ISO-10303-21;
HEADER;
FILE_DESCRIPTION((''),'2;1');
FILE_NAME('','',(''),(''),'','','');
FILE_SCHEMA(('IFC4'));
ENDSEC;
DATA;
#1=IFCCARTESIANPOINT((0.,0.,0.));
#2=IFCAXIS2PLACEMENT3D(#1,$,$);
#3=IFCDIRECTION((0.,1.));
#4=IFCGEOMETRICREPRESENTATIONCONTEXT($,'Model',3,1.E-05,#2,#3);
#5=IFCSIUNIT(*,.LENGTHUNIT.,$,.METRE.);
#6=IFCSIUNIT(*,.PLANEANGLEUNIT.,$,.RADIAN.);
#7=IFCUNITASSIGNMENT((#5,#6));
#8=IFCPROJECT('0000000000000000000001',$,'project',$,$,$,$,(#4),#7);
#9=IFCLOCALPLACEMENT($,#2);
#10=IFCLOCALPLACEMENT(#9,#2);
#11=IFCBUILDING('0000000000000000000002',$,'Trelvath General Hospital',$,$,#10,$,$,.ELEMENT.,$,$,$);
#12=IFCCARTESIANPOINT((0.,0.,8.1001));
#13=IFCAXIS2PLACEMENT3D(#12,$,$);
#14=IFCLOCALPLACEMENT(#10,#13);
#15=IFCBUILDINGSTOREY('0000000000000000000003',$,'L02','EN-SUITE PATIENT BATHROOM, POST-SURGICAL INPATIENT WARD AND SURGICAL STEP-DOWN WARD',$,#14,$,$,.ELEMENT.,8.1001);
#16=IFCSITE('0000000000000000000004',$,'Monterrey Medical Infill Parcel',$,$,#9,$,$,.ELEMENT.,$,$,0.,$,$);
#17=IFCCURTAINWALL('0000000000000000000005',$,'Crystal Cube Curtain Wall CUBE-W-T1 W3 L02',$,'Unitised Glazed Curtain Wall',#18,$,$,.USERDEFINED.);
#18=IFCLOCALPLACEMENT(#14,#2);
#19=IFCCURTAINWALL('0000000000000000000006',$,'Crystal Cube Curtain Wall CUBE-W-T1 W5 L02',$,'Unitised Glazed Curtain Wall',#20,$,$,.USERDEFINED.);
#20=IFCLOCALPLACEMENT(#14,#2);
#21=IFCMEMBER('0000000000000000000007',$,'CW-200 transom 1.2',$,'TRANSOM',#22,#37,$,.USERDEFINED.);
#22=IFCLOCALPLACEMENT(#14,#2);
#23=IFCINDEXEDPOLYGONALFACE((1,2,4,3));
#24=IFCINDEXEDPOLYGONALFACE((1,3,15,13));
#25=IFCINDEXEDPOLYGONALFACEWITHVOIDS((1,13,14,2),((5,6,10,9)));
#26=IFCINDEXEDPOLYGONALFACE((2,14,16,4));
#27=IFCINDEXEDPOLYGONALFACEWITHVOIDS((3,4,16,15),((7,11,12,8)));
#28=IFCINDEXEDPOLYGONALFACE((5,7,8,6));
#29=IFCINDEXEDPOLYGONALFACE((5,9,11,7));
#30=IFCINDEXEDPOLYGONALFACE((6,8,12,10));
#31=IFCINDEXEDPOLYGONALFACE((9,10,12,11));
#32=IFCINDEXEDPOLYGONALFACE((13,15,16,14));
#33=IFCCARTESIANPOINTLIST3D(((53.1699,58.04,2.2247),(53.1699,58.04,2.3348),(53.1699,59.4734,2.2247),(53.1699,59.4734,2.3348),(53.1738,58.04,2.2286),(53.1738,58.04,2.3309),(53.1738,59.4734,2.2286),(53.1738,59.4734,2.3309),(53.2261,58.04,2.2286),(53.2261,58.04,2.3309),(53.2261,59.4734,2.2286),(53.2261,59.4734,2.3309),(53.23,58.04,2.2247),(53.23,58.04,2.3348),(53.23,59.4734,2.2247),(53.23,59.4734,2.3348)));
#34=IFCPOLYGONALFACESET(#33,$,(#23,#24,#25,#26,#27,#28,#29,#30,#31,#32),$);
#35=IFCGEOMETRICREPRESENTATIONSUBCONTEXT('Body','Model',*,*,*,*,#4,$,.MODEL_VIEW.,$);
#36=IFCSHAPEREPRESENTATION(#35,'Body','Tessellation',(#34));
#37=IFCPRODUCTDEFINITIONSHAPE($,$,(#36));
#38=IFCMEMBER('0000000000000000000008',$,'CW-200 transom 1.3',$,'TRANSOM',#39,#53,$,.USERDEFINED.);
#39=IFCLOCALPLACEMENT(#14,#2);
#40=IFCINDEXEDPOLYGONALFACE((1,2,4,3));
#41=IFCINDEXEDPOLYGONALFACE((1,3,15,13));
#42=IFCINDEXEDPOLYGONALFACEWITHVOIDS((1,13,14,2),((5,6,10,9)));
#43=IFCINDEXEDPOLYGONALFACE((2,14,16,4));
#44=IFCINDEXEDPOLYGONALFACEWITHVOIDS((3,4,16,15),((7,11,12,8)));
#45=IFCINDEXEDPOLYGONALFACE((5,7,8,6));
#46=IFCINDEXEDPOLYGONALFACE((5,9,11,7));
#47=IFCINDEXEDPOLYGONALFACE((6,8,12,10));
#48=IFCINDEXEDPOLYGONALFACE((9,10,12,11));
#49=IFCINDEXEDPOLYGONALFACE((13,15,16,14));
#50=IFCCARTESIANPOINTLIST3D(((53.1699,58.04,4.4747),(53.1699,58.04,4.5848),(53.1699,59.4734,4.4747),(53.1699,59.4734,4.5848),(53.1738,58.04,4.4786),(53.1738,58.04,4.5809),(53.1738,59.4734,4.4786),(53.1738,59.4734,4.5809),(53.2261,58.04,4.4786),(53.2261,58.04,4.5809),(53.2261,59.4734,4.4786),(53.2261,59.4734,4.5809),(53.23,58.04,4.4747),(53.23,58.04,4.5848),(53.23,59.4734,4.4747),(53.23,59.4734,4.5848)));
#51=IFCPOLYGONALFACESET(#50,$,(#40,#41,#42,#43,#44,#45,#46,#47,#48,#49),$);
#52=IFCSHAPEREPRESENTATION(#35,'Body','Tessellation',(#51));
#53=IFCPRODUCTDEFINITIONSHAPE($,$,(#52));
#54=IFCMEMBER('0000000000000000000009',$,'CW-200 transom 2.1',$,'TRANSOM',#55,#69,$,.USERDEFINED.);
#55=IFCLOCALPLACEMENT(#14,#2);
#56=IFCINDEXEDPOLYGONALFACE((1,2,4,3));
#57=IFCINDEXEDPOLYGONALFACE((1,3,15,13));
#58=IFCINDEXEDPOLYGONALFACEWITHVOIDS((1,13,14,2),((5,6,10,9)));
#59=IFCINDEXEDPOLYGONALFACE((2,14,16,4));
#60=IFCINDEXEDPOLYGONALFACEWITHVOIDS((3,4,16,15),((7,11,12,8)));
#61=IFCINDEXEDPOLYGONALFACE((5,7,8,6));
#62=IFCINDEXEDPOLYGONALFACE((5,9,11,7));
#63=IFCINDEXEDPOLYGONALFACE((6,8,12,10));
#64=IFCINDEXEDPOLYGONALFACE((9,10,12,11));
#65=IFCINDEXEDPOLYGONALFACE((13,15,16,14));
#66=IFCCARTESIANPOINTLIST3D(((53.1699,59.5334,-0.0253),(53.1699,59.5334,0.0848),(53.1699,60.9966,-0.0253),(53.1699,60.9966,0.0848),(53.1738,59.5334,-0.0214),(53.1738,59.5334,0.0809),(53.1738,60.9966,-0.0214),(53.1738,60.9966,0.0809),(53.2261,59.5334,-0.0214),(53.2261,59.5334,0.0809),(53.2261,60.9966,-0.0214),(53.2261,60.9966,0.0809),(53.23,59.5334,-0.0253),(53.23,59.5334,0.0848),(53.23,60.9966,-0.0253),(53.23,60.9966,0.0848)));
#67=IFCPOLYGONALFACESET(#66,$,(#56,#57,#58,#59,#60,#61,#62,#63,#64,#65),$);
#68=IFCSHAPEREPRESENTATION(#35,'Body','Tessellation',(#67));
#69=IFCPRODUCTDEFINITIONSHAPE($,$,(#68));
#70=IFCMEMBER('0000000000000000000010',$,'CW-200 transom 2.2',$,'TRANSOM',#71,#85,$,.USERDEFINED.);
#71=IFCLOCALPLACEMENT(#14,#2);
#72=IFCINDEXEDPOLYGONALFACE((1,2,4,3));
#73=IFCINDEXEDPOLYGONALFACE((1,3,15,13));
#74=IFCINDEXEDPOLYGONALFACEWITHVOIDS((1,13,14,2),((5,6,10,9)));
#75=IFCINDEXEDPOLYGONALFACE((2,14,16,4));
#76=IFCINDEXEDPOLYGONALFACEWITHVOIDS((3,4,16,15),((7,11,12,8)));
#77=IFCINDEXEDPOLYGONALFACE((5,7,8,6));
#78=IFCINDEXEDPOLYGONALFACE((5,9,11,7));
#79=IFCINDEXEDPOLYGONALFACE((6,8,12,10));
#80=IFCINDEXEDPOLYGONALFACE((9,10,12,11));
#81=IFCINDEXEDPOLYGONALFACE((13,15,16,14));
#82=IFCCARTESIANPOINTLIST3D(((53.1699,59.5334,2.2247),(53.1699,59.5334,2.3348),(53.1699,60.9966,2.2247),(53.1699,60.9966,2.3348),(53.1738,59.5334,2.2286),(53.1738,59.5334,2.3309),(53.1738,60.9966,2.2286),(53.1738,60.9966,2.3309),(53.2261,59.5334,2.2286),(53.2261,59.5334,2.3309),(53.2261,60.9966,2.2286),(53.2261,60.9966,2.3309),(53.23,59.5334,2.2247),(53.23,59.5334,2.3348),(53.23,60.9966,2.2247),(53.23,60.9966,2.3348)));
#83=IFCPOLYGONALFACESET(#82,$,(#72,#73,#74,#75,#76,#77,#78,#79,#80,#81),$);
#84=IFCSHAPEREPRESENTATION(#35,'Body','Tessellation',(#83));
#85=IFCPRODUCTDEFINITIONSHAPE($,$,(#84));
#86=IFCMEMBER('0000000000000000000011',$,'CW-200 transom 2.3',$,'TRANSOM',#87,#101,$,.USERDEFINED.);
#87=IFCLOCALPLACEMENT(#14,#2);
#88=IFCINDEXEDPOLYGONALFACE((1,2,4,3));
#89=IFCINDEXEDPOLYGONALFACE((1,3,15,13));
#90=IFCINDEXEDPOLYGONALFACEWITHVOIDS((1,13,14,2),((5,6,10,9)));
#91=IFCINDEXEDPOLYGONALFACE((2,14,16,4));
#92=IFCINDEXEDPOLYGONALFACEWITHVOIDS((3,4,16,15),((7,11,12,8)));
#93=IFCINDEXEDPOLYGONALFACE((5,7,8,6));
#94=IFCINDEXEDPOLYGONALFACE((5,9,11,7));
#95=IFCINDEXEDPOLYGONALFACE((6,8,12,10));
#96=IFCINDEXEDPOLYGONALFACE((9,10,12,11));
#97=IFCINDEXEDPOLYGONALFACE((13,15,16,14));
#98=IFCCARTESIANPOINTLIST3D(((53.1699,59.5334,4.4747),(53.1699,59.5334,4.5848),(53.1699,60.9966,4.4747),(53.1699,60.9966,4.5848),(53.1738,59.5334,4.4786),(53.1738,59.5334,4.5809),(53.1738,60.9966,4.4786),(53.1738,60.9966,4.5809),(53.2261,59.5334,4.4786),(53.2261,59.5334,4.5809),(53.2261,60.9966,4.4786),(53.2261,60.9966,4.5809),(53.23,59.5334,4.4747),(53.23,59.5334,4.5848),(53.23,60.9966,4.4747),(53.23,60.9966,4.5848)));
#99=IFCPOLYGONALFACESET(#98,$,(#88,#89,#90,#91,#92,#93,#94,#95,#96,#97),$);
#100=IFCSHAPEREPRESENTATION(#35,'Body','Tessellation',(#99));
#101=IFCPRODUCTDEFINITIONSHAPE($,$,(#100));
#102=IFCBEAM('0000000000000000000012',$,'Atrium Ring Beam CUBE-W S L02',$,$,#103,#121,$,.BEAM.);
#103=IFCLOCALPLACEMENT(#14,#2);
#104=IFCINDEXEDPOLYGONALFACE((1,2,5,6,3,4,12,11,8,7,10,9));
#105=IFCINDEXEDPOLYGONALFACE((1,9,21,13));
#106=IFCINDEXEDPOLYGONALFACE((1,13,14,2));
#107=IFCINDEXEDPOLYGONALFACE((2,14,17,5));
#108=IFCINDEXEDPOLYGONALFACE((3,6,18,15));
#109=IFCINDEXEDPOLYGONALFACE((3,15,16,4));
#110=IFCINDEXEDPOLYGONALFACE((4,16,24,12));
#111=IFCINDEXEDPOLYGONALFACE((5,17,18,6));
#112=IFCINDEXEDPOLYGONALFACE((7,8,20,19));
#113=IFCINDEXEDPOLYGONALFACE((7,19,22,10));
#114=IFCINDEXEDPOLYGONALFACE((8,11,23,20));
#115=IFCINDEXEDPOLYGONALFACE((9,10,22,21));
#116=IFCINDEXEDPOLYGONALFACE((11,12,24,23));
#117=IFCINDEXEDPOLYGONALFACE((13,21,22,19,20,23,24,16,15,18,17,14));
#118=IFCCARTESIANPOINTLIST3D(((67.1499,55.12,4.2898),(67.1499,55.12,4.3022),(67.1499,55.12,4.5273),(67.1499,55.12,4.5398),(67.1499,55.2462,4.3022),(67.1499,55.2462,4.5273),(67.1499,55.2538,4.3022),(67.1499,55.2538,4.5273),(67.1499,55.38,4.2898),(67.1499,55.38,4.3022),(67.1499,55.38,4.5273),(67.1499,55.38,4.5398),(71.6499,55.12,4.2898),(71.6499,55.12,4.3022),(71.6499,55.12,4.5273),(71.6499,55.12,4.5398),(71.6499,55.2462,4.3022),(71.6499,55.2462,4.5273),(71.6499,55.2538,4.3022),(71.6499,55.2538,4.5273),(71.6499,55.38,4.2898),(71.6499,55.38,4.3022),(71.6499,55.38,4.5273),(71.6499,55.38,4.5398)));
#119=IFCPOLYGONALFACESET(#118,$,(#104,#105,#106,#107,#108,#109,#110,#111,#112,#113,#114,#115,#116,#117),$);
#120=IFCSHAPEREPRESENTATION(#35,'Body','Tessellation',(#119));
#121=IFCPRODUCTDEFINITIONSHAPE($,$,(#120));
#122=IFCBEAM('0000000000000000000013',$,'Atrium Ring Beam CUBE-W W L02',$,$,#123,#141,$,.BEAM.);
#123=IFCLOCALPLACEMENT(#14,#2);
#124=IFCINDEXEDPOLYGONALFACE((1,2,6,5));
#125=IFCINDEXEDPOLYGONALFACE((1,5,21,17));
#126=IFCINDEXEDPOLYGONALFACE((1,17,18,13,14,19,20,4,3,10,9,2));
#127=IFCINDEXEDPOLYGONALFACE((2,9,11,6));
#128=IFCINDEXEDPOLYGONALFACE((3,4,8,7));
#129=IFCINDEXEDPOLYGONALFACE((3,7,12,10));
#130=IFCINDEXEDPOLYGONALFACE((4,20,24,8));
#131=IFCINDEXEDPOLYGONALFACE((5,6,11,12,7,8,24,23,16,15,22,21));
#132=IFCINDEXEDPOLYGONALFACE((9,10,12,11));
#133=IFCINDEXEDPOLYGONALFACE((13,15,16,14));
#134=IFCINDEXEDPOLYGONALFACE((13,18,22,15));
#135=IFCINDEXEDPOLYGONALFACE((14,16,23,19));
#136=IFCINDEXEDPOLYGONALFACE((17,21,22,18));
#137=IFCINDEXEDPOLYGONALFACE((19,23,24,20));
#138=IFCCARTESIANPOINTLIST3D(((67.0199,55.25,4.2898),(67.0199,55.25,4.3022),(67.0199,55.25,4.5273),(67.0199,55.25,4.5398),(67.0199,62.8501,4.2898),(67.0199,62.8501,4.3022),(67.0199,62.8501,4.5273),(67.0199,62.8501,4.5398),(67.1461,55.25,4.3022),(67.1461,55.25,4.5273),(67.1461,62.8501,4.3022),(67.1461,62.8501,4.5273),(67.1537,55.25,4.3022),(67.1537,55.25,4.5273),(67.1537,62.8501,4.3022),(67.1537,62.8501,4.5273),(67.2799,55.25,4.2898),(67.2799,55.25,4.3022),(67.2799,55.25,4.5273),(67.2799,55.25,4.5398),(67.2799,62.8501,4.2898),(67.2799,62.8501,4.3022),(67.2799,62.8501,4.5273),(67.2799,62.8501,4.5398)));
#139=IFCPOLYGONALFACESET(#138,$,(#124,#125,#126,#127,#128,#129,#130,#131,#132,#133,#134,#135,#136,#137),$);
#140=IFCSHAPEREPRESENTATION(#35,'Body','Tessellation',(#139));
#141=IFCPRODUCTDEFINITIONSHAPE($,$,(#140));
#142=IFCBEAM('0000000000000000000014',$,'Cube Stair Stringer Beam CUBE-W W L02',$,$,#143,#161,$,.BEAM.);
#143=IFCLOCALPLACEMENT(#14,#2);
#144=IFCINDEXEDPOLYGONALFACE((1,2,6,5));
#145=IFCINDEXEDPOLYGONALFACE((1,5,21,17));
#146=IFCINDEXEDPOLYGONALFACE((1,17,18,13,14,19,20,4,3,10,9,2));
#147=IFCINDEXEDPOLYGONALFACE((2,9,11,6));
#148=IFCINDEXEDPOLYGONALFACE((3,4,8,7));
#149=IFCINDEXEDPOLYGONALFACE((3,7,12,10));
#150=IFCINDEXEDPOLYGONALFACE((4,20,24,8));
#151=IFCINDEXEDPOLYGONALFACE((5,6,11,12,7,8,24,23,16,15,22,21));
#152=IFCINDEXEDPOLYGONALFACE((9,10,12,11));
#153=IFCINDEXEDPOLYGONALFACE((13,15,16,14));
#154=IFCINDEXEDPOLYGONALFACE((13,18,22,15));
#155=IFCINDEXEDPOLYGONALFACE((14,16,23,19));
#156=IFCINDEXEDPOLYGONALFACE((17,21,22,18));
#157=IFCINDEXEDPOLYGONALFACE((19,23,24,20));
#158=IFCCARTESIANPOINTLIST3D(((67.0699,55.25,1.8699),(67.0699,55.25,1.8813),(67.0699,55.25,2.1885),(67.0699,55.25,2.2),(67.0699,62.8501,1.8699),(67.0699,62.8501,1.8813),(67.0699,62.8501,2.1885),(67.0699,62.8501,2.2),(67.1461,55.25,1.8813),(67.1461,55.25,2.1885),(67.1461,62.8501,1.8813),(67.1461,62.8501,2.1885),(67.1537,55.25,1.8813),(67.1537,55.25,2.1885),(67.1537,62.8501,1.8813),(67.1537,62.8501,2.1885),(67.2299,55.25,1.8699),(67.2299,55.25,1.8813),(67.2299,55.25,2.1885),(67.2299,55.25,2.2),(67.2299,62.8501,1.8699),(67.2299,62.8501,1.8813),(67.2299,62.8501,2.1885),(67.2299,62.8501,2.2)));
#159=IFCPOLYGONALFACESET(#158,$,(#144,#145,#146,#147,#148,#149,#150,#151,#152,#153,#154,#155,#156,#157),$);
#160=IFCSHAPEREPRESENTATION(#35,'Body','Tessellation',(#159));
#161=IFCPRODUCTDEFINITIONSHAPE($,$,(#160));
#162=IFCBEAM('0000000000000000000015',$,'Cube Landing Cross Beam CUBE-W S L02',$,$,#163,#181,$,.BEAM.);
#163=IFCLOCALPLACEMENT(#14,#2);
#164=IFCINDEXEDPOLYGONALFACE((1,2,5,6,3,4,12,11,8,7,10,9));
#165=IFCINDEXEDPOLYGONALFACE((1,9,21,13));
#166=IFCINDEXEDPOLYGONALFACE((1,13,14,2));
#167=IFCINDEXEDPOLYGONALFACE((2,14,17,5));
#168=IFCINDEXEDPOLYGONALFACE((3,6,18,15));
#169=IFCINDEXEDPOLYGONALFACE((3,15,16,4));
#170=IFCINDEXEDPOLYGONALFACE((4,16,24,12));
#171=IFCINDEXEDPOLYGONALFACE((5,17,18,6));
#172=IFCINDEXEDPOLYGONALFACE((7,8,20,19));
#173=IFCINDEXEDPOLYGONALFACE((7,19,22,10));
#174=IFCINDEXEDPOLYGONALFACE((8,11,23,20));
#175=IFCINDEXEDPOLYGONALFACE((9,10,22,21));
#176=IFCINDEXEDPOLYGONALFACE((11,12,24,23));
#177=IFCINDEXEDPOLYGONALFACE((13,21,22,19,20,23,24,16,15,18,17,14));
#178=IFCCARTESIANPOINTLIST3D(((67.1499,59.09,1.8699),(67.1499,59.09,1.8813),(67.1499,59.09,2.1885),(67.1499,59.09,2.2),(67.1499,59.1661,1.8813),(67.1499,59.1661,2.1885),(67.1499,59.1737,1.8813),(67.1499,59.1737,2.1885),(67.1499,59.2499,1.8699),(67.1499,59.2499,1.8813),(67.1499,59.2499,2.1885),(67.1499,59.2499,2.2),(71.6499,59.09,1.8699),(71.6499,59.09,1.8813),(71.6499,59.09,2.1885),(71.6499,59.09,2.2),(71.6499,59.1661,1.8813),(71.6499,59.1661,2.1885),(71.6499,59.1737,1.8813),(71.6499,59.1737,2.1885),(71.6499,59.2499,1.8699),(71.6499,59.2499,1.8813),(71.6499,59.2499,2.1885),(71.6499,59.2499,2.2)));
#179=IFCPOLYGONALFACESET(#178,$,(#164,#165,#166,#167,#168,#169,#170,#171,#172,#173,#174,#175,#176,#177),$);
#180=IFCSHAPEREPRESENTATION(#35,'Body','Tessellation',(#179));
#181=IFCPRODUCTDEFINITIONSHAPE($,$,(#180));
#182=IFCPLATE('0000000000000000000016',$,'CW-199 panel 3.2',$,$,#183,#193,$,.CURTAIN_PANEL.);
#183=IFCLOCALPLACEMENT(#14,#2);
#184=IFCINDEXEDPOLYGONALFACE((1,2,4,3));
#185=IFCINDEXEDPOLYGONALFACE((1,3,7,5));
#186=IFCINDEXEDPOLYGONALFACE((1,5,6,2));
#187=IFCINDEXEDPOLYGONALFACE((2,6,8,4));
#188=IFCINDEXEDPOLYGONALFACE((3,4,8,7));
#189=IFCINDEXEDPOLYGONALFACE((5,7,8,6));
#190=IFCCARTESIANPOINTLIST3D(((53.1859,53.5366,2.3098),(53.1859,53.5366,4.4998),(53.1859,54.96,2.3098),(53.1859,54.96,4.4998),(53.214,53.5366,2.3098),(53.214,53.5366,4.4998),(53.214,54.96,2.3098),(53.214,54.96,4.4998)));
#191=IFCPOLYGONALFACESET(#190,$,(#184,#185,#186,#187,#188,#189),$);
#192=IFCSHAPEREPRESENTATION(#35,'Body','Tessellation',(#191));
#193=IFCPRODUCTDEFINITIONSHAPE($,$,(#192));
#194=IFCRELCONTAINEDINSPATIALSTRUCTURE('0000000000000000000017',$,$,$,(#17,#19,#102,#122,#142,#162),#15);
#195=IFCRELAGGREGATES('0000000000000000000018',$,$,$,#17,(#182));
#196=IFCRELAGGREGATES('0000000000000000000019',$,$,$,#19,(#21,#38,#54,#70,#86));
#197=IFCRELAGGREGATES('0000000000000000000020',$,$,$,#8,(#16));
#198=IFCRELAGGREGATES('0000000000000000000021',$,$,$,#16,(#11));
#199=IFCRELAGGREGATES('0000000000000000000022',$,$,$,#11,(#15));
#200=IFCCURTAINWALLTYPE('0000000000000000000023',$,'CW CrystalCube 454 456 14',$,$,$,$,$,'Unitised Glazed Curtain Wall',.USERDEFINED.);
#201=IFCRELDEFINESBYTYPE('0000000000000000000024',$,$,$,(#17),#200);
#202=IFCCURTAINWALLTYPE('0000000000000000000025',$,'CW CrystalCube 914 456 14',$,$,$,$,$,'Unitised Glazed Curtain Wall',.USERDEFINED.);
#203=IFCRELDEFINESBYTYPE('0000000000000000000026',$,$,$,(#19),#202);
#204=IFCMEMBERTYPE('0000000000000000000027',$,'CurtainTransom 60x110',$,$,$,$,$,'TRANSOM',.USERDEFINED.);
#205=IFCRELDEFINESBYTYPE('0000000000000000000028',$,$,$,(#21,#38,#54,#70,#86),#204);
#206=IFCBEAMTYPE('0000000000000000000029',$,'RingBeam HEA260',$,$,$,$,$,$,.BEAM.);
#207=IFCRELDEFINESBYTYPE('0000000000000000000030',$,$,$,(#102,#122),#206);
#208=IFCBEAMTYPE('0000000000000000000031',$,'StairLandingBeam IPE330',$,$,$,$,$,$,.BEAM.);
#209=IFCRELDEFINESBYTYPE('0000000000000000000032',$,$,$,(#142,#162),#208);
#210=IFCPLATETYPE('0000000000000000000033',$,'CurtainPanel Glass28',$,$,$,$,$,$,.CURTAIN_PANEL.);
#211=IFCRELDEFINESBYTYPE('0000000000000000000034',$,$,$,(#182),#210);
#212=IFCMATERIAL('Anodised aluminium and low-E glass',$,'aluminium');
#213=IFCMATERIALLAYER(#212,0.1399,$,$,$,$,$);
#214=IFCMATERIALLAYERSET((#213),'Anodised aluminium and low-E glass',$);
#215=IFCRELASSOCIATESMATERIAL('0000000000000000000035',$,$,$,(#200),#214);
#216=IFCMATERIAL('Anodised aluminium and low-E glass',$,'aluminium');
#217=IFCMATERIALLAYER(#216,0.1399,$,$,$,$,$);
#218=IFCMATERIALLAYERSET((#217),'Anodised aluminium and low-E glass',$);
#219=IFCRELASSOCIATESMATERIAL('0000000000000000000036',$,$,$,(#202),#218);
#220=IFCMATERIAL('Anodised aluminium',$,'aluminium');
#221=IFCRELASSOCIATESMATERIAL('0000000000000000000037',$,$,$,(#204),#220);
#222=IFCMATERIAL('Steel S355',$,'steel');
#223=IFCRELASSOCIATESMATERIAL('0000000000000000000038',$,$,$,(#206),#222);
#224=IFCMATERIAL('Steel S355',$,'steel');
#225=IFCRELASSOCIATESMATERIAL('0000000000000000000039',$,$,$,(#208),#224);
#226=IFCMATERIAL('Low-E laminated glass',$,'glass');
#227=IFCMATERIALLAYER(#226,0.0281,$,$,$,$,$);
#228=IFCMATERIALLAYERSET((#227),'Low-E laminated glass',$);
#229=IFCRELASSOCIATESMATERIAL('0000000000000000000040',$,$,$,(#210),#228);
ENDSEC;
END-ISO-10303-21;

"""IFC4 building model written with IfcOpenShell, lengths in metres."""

from ifc_helpers import new_model, si_unit, direction, frame, origin, origin_2d, place, context, subcontext, project, spatial, rectangle, hollow_rectangle, i_section, extrude, material, layer, layer_set, material_profile, profile_set, type_object, element, aggregate, save


model = new_model("IFC4")

# Units and contexts
model_context = context("Model", 3, precision=1e-05, world=origin(), true_north=direction((0.0, 1.0)))
body_context = subcontext(model_context, "Body", "Model", "MODEL_VIEW")
ifc_project = project(units=[si_unit("LENGTHUNIT", "METRE"), si_unit("PLANEANGLEUNIT", "RADIAN")], contexts=[model_context])

# Site, building, storey
site_placement = place(None, origin())
site = spatial("IfcSite", under=ifc_project, at=site_placement, Name="Monterrey Medical Infill Parcel", CompositionType="ELEMENT", RefElevation=0.0)
building_placement = place(site_placement, origin())
building = spatial("IfcBuilding", under=site, at=building_placement, Name="Trelvath General Hospital", CompositionType="ELEMENT")
storey_placement = place(building_placement, frame((0.0, 0.0, 8.1001)))
storey = spatial("IfcBuildingStorey", under=building, at=storey_placement, Name="L02", Description="EN-SUITE PATIENT BATHROOM, POST-SURGICAL INPATIENT WARD AND SURGICAL STEP-DOWN WARD", CompositionType="ELEMENT", Elevation=8.1001)

# Curtain wall
ifc_material_1 = material(Name="Anodised aluminium and low-E glass", Category="aluminium")
ifc_layer_1 = layer(ifc_material_1, 0.1399)
ifc_layer_set_1 = layer_set([ifc_layer_1], Name="Anodised aluminium and low-E glass")
curtain_wall_type_1 = type_object("IfcCurtainWallType", Name="CW CrystalCube 454 456 14", ElementType="Unitised Glazed Curtain Wall", PredefinedType="USERDEFINED", material=ifc_layer_set_1)
curtain_wall_1_placement = place(storey_placement, origin())
curtain_wall_1 = element("IfcCurtainWall", 1, at=curtain_wall_1_placement, inside=storey, type_object=curtain_wall_type_1, Name="Crystal Cube Curtain Wall CUBE-W-T1 W3 L02", ObjectType="Unitised Glazed Curtain Wall", PredefinedType="USERDEFINED")

# Curtain wall, members
ifc_material_2 = material(Name="Anodised aluminium and low-E glass", Category="aluminium")
ifc_layer_2 = layer(ifc_material_2, 0.1399)
ifc_layer_set_2 = layer_set([ifc_layer_2], Name="Anodised aluminium and low-E glass")
curtain_wall_type_2 = type_object("IfcCurtainWallType", Name="CW CrystalCube 914 456 14", ElementType="Unitised Glazed Curtain Wall", PredefinedType="USERDEFINED", material=ifc_layer_set_2)
curtain_wall_2_placement = place(storey_placement, origin())
curtain_wall_2 = element("IfcCurtainWall", 2, at=curtain_wall_2_placement, inside=storey, type_object=curtain_wall_type_2, Name="Crystal Cube Curtain Wall CUBE-W-T1 W5 L02", ObjectType="Unitised Glazed Curtain Wall", PredefinedType="USERDEFINED")
ifc_material_3 = material(Name="Anodised aluminium", Category="aluminium")
ifc_material_profile_1 = material_profile(ifc_material_3, hollow_rectangle(XDim=0.0601, YDim=0.1101, WallThickness=0.0039, at=origin_2d()), Name="RHS60x110x4")
ifc_profile_set_1 = profile_set([ifc_material_profile_1], Name="Anodised aluminium")
member_type_1 = type_object("IfcMemberType", Name="CurtainTransom 60x110", ElementType="TRANSOM", PredefinedType="USERDEFINED", material=ifc_profile_set_1)
member_1_placement = place(storey_placement, frame((53.2, 58.04, 2.2798), z_axis=(0.0, 1.0, 0.0), x_axis=(-1.0, 0.0, 0.0)))
member_1 = element("IfcMember", 3, at=member_1_placement, type_object=member_type_1, Name="CW-200 transom 1.2", ObjectType="TRANSOM", PredefinedType="USERDEFINED", context=body_context, shape_type="SweptSolid", body=[
    extrude(hollow_rectangle(XDim=0.0601, YDim=0.1101, WallThickness=0.0039, at=origin_2d()), origin(), (0.0, 0.0, 1.0), 1.4333),
])
member_2_placement = place(storey_placement, frame((53.2, 58.04, 4.5298), z_axis=(0.0, 1.0, 0.0), x_axis=(-1.0, 0.0, 0.0)))
member_2 = element("IfcMember", 4, at=member_2_placement, type_object=member_type_1, Name="CW-200 transom 1.3", ObjectType="TRANSOM", PredefinedType="USERDEFINED", context=body_context, shape_type="SweptSolid", body=[
    extrude(hollow_rectangle(XDim=0.0601, YDim=0.1101, WallThickness=0.0039, at=origin_2d()), origin(), (0.0, 0.0, 1.0), 1.4333),
])
member_3_placement = place(storey_placement, frame((53.2, 59.5334, 0.0298), z_axis=(0.0, 1.0, 0.0), x_axis=(-1.0, 0.0, 0.0)))
member_3 = element("IfcMember", 5, at=member_3_placement, type_object=member_type_1, Name="CW-200 transom 2.1", ObjectType="TRANSOM", PredefinedType="USERDEFINED", context=body_context, shape_type="SweptSolid", body=[
    extrude(hollow_rectangle(XDim=0.0601, YDim=0.1101, WallThickness=0.0039, at=origin_2d()), origin(), (0.0, 0.0, 1.0), 1.4631),
])
member_4_placement = place(storey_placement, frame((53.2, 59.5334, 2.2798), z_axis=(0.0, 1.0, 0.0), x_axis=(-1.0, 0.0, 0.0)))
member_4 = element("IfcMember", 6, at=member_4_placement, type_object=member_type_1, Name="CW-200 transom 2.2", ObjectType="TRANSOM", PredefinedType="USERDEFINED", context=body_context, shape_type="SweptSolid", body=[
    extrude(hollow_rectangle(XDim=0.0601, YDim=0.1101, WallThickness=0.0039, at=origin_2d()), origin(), (0.0, 0.0, 1.0), 1.4631),
])
member_5_placement = place(storey_placement, frame((53.2, 59.5334, 4.5298), z_axis=(0.0, 1.0, 0.0), x_axis=(-1.0, 0.0, 0.0)))
member_5 = element("IfcMember", 7, at=member_5_placement, type_object=member_type_1, Name="CW-200 transom 2.3", ObjectType="TRANSOM", PredefinedType="USERDEFINED", context=body_context, shape_type="SweptSolid", body=[
    extrude(hollow_rectangle(XDim=0.0601, YDim=0.1101, WallThickness=0.0039, at=origin_2d()), origin(), (0.0, 0.0, 1.0), 1.4631),
])

# Beams
ifc_material_4 = material(Name="Steel S355", Category="steel")
ifc_material_profile_2 = material_profile(ifc_material_4, i_section(OverallWidth=0.26, OverallDepth=0.25, WebThickness=0.0076, FlangeThickness=0.0125, at=origin_2d()), Name="HEA260")
ifc_profile_set_2 = profile_set([ifc_material_profile_2], Name="Steel S355")
beam_type_1 = type_object("IfcBeamType", Name="RingBeam HEA260", PredefinedType="BEAM", material=ifc_profile_set_2)
beam_1_placement = place(storey_placement, frame((67.1499, 55.25, 4.4148), z_axis=(1.0, 0.0, 0.0), x_axis=(0.0, 1.0, 0.0)))
element("IfcBeam", 8, at=beam_1_placement, inside=storey, type_object=beam_type_1, Name="Atrium Ring Beam CUBE-W S L02", PredefinedType="BEAM", context=body_context, shape_type="SweptSolid", body=[
    extrude(i_section(OverallWidth=0.26, OverallDepth=0.25, WebThickness=0.0076, FlangeThickness=0.0125, at=origin_2d()), origin(), (0.0, 0.0, 1.0), 4.5),
])
beam_2_placement = place(storey_placement, frame((67.1499, 55.25, 4.4148), z_axis=(0.0, 1.0, 0.0), x_axis=(-1.0, 0.0, 0.0)))
element("IfcBeam", 9, at=beam_2_placement, inside=storey, type_object=beam_type_1, Name="Atrium Ring Beam CUBE-W W L02", PredefinedType="BEAM", context=body_context, shape_type="SweptSolid", body=[
    extrude(i_section(OverallWidth=0.26, OverallDepth=0.25, WebThickness=0.0076, FlangeThickness=0.0125, at=origin_2d()), origin(), (0.0, 0.0, 1.0), 7.6001),
])
ifc_material_5 = material(Name="Steel S355", Category="steel")
ifc_material_profile_3 = material_profile(ifc_material_5, i_section(OverallWidth=0.1599, OverallDepth=0.3301, WebThickness=0.0076, FlangeThickness=0.0115, at=origin_2d()), Name="IPE330")
ifc_profile_set_3 = profile_set([ifc_material_profile_3], Name="Steel S355")
beam_type_2 = type_object("IfcBeamType", Name="StairLandingBeam IPE330", PredefinedType="BEAM", material=ifc_profile_set_3)
beam_3_placement = place(storey_placement, frame((67.1499, 55.25, 2.0349), z_axis=(0.0, 1.0, 0.0), x_axis=(-1.0, 0.0, 0.0)))
element("IfcBeam", 10, at=beam_3_placement, inside=storey, type_object=beam_type_2, Name="Cube Stair Stringer Beam CUBE-W W L02", PredefinedType="BEAM", context=body_context, shape_type="SweptSolid", body=[
    extrude(i_section(OverallWidth=0.1599, OverallDepth=0.3301, WebThickness=0.0076, FlangeThickness=0.0115, at=origin_2d()), origin(), (0.0, 0.0, 1.0), 7.6001),
])
beam_4_placement = place(storey_placement, frame((67.1499, 59.1699, 2.0349), z_axis=(1.0, 0.0, 0.0), x_axis=(0.0, 1.0, 0.0)))
element("IfcBeam", 11, at=beam_4_placement, inside=storey, type_object=beam_type_2, Name="Cube Landing Cross Beam CUBE-W S L02", PredefinedType="BEAM", context=body_context, shape_type="SweptSolid", body=[
    extrude(i_section(OverallWidth=0.1599, OverallDepth=0.3301, WebThickness=0.0076, FlangeThickness=0.0115, at=origin_2d()), origin(), (0.0, 0.0, 1.0), 4.5),
])

# Plate
ifc_material_6 = material(Name="Low-E laminated glass", Category="glass")
ifc_layer_3 = layer(ifc_material_6, 0.0281)
ifc_layer_set_3 = layer_set([ifc_layer_3], Name="Low-E laminated glass")
plate_type = type_object("IfcPlateType", Name="CurtainPanel Glass28", PredefinedType="CURTAIN_PANEL", material=ifc_layer_set_3)
plate_1_placement = place(storey_placement, frame((53.2, 54.2483, 2.3098), z_axis=(0.0, 0.0, 1.0), x_axis=(0.0, 1.0, 0.0)))
plate_1 = element("IfcPlate", 12, at=plate_1_placement, type_object=plate_type, Name="CW-199 panel 3.2", PredefinedType="CURTAIN_PANEL", context=body_context, shape_type="SweptSolid", body=[
    extrude(rectangle(XDim=1.4233, YDim=0.0281, at=origin_2d()), origin(), (0.0, 0.0, 1.0), 2.1899),
])
aggregate(curtain_wall_1, [plate_1])
aggregate(curtain_wall_2, [member_1, member_2, member_3, member_4, member_5])

save(model, "model.ifc")
